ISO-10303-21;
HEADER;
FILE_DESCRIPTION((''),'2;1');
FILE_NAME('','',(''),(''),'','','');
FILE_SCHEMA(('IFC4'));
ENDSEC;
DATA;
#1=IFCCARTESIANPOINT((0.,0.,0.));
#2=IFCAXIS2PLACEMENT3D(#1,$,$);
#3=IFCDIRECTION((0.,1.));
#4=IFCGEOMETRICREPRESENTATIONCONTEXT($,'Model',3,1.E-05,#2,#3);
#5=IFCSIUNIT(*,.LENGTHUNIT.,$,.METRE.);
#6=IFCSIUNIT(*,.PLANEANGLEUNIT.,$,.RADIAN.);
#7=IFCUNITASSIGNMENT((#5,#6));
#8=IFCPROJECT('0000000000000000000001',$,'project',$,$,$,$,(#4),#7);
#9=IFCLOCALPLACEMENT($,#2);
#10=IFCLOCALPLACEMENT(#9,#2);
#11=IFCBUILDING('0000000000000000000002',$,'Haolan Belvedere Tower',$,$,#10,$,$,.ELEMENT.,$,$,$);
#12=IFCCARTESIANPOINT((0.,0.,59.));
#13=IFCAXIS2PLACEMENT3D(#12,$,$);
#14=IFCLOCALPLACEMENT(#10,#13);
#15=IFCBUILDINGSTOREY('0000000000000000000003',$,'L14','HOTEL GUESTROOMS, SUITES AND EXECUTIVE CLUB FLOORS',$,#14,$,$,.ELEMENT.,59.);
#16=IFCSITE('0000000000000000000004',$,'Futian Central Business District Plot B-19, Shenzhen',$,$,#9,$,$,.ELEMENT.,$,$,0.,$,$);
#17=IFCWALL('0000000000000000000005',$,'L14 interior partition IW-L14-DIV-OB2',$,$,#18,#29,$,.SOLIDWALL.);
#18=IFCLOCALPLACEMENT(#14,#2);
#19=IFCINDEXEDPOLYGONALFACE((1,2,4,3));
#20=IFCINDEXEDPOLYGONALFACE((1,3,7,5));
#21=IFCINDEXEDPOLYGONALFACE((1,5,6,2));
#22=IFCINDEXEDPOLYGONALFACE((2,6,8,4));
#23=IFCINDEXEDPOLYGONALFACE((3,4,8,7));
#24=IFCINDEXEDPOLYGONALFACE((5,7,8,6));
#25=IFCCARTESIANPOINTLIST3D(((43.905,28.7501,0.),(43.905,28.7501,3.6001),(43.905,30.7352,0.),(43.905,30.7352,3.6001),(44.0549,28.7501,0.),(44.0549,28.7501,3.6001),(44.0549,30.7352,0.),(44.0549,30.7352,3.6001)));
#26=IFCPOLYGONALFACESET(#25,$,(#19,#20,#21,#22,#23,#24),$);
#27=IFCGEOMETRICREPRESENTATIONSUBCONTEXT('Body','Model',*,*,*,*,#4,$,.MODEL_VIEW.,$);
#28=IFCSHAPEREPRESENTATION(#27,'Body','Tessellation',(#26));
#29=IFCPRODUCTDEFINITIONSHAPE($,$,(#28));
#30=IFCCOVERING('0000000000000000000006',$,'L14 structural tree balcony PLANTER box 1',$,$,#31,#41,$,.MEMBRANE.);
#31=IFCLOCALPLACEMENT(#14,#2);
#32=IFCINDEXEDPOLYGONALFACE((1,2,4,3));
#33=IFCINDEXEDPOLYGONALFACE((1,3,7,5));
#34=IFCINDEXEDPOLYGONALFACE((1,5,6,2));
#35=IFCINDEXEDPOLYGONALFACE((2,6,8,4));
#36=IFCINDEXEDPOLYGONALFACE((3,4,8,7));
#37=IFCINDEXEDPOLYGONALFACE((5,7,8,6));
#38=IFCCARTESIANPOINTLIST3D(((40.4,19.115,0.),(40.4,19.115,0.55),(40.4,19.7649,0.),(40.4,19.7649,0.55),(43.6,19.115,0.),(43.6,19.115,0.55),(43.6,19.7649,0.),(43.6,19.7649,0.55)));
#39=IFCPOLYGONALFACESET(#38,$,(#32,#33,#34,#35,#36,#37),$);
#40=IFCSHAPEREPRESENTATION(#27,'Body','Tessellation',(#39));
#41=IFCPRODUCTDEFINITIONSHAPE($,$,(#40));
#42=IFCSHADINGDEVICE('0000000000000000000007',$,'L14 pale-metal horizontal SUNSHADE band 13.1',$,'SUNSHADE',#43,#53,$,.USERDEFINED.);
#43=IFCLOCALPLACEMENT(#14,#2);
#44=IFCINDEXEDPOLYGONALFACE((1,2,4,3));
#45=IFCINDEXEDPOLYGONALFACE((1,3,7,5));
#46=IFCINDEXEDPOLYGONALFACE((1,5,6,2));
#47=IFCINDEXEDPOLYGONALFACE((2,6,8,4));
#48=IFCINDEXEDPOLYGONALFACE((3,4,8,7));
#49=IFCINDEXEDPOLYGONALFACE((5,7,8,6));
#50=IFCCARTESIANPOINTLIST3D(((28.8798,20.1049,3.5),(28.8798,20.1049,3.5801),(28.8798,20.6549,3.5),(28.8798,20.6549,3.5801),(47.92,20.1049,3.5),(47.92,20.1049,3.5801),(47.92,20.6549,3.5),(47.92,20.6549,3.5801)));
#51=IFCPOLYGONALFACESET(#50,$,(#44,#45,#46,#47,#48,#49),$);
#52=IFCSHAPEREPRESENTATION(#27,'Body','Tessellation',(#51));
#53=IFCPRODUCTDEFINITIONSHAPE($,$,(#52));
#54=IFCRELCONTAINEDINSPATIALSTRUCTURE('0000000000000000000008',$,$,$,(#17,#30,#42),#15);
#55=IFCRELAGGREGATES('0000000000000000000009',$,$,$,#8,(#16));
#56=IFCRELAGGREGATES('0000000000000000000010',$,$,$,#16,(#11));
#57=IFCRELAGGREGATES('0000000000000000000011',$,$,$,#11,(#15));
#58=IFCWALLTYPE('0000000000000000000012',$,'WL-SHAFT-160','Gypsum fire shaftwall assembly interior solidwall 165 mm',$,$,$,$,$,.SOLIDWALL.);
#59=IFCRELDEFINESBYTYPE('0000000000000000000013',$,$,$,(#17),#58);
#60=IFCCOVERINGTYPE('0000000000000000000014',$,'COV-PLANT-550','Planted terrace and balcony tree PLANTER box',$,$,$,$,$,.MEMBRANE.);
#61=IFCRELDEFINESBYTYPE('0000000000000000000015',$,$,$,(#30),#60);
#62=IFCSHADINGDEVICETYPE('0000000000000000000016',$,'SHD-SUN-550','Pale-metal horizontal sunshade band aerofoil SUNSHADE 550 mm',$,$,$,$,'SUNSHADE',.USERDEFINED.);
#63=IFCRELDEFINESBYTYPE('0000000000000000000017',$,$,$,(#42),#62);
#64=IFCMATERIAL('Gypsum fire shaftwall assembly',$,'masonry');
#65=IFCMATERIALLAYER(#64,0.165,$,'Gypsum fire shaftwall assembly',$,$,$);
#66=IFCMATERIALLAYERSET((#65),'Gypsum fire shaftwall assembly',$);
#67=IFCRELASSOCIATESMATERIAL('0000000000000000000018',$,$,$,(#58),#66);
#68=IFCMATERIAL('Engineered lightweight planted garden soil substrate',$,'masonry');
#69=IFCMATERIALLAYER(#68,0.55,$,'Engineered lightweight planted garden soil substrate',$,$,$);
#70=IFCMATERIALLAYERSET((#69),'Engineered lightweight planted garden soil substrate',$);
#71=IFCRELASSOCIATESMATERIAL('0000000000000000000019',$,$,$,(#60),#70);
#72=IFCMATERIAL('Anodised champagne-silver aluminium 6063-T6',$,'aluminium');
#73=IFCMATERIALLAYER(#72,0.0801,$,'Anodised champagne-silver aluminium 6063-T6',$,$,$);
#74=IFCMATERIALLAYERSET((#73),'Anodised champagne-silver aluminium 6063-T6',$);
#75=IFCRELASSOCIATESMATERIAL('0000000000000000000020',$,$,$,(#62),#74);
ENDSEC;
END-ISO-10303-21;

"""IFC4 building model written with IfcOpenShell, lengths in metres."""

from ifc_helpers import new_model, si_unit, direction, frame, frame_2d, origin, origin_2d, place, context, subcontext, project, spatial, rectangle, extrude, material, layer, layer_set, type_object, element, save


model = new_model("IFC4")

# Units and contexts
model_context = context("Model", 3, precision=1e-05, world=origin(), true_north=direction((0.0, 1.0)))
body_context = subcontext(model_context, "Body", "Model", "MODEL_VIEW")
ifc_project = project(units=[si_unit("LENGTHUNIT", "METRE"), si_unit("PLANEANGLEUNIT", "RADIAN")], contexts=[model_context])

# Site, building, storey
site_placement = place(None, origin())
site = spatial("IfcSite", under=ifc_project, at=site_placement, Name="Futian Central Business District Plot B-19, Shenzhen", CompositionType="ELEMENT", RefElevation=0.0)
building_placement = place(site_placement, origin())
building = spatial("IfcBuilding", under=site, at=building_placement, Name="Haolan Belvedere Tower", CompositionType="ELEMENT")
storey_placement = place(building_placement, frame((0.0, 0.0, 59.0)))
storey = spatial("IfcBuildingStorey", under=building, at=storey_placement, Name="L14", Description="HOTEL GUESTROOMS, SUITES AND EXECUTIVE CLUB FLOORS", CompositionType="ELEMENT", Elevation=59.0)

# Wall
ifc_material_1 = material(Name="Gypsum fire shaftwall assembly", Category="masonry")
ifc_layer_1 = layer(ifc_material_1, 0.165, Name="Gypsum fire shaftwall assembly")
ifc_layer_set_1 = layer_set([ifc_layer_1], Name="Gypsum fire shaftwall assembly")
wall_type_1 = type_object("IfcWallType", Name="WL-SHAFT-160", Description="Gypsum fire shaftwall assembly interior solidwall 165 mm", PredefinedType="SOLIDWALL", material=ifc_layer_set_1)
for number, where, z_axis, x_axis, name in (
    (1, (43.98, 28.75, 0.0), (0.0, 0.0, 1.0), (0.0, 1.0, 0.0), "L14 interior partition IW-L14-DIV-OB2"),
):
    element("IfcWall", number, at=place(storey_placement, frame(where, z_axis=z_axis, x_axis=x_axis)), inside=storey, type_object=wall_type_1, Name=name, PredefinedType="SOLIDWALL", context=body_context, shape_type="SweptSolid", body=[
        extrude(rectangle(XDim=1.9851, YDim=0.1499, at=frame_2d((0.9927, 0.0))), origin(), (0.0, 0.0, 1.0), 3.6001),
    ])

# Covering
ifc_material_2 = material(Name="Engineered lightweight planted garden soil substrate", Category="masonry")
ifc_layer_2 = layer(ifc_material_2, 0.55, Name="Engineered lightweight planted garden soil substrate")
ifc_layer_set_2 = layer_set([ifc_layer_2], Name="Engineered lightweight planted garden soil substrate")
covering_type = type_object("IfcCoveringType", Name="COV-PLANT-550", Description="Planted terrace and balcony tree PLANTER box", PredefinedType="MEMBRANE", material=ifc_layer_set_2)
covering_placement = place(storey_placement, frame((42.0, 19.4399, 0.0), z_axis=(0.0, 0.0, 1.0), x_axis=(1.0, 0.0, 0.0)))
element("IfcCovering", 2, at=covering_placement, inside=storey, type_object=covering_type, Name="L14 structural tree balcony PLANTER box 1", PredefinedType="MEMBRANE", context=body_context, shape_type="SweptSolid", body=[
    extrude(rectangle(XDim=3.2, YDim=0.6499, at=origin_2d()), origin(), (0.0, 0.0, 1.0), 0.55),
])

# Shading device
ifc_material_3 = material(Name="Anodised champagne-silver aluminium 6063-T6", Category="aluminium")
ifc_layer_3 = layer(ifc_material_3, 0.0801, Name="Anodised champagne-silver aluminium 6063-T6")
ifc_layer_set_3 = layer_set([ifc_layer_3], Name="Anodised champagne-silver aluminium 6063-T6")
shading_device_type = type_object("IfcShadingDeviceType", Name="SHD-SUN-550", Description="Pale-metal horizontal sunshade band aerofoil SUNSHADE 550 mm", ElementType="SUNSHADE", PredefinedType="USERDEFINED", material=ifc_layer_set_3)
shading_device_placement = place(storey_placement, frame((38.3999, 20.3799, 3.5), z_axis=(0.0, 0.0, 1.0), x_axis=(1.0, 0.0, 0.0)))
element("IfcShadingDevice", 3, at=shading_device_placement, inside=storey, type_object=shading_device_type, Name="L14 pale-metal horizontal SUNSHADE band 13.1", ObjectType="SUNSHADE", PredefinedType="USERDEFINED", context=body_context, shape_type="SweptSolid", body=[
    extrude(rectangle(XDim=19.0403, YDim=0.55, at=origin_2d()), origin(), (0.0, 0.0, 1.0), 0.0801),
])

save(model, "model.ifc")
